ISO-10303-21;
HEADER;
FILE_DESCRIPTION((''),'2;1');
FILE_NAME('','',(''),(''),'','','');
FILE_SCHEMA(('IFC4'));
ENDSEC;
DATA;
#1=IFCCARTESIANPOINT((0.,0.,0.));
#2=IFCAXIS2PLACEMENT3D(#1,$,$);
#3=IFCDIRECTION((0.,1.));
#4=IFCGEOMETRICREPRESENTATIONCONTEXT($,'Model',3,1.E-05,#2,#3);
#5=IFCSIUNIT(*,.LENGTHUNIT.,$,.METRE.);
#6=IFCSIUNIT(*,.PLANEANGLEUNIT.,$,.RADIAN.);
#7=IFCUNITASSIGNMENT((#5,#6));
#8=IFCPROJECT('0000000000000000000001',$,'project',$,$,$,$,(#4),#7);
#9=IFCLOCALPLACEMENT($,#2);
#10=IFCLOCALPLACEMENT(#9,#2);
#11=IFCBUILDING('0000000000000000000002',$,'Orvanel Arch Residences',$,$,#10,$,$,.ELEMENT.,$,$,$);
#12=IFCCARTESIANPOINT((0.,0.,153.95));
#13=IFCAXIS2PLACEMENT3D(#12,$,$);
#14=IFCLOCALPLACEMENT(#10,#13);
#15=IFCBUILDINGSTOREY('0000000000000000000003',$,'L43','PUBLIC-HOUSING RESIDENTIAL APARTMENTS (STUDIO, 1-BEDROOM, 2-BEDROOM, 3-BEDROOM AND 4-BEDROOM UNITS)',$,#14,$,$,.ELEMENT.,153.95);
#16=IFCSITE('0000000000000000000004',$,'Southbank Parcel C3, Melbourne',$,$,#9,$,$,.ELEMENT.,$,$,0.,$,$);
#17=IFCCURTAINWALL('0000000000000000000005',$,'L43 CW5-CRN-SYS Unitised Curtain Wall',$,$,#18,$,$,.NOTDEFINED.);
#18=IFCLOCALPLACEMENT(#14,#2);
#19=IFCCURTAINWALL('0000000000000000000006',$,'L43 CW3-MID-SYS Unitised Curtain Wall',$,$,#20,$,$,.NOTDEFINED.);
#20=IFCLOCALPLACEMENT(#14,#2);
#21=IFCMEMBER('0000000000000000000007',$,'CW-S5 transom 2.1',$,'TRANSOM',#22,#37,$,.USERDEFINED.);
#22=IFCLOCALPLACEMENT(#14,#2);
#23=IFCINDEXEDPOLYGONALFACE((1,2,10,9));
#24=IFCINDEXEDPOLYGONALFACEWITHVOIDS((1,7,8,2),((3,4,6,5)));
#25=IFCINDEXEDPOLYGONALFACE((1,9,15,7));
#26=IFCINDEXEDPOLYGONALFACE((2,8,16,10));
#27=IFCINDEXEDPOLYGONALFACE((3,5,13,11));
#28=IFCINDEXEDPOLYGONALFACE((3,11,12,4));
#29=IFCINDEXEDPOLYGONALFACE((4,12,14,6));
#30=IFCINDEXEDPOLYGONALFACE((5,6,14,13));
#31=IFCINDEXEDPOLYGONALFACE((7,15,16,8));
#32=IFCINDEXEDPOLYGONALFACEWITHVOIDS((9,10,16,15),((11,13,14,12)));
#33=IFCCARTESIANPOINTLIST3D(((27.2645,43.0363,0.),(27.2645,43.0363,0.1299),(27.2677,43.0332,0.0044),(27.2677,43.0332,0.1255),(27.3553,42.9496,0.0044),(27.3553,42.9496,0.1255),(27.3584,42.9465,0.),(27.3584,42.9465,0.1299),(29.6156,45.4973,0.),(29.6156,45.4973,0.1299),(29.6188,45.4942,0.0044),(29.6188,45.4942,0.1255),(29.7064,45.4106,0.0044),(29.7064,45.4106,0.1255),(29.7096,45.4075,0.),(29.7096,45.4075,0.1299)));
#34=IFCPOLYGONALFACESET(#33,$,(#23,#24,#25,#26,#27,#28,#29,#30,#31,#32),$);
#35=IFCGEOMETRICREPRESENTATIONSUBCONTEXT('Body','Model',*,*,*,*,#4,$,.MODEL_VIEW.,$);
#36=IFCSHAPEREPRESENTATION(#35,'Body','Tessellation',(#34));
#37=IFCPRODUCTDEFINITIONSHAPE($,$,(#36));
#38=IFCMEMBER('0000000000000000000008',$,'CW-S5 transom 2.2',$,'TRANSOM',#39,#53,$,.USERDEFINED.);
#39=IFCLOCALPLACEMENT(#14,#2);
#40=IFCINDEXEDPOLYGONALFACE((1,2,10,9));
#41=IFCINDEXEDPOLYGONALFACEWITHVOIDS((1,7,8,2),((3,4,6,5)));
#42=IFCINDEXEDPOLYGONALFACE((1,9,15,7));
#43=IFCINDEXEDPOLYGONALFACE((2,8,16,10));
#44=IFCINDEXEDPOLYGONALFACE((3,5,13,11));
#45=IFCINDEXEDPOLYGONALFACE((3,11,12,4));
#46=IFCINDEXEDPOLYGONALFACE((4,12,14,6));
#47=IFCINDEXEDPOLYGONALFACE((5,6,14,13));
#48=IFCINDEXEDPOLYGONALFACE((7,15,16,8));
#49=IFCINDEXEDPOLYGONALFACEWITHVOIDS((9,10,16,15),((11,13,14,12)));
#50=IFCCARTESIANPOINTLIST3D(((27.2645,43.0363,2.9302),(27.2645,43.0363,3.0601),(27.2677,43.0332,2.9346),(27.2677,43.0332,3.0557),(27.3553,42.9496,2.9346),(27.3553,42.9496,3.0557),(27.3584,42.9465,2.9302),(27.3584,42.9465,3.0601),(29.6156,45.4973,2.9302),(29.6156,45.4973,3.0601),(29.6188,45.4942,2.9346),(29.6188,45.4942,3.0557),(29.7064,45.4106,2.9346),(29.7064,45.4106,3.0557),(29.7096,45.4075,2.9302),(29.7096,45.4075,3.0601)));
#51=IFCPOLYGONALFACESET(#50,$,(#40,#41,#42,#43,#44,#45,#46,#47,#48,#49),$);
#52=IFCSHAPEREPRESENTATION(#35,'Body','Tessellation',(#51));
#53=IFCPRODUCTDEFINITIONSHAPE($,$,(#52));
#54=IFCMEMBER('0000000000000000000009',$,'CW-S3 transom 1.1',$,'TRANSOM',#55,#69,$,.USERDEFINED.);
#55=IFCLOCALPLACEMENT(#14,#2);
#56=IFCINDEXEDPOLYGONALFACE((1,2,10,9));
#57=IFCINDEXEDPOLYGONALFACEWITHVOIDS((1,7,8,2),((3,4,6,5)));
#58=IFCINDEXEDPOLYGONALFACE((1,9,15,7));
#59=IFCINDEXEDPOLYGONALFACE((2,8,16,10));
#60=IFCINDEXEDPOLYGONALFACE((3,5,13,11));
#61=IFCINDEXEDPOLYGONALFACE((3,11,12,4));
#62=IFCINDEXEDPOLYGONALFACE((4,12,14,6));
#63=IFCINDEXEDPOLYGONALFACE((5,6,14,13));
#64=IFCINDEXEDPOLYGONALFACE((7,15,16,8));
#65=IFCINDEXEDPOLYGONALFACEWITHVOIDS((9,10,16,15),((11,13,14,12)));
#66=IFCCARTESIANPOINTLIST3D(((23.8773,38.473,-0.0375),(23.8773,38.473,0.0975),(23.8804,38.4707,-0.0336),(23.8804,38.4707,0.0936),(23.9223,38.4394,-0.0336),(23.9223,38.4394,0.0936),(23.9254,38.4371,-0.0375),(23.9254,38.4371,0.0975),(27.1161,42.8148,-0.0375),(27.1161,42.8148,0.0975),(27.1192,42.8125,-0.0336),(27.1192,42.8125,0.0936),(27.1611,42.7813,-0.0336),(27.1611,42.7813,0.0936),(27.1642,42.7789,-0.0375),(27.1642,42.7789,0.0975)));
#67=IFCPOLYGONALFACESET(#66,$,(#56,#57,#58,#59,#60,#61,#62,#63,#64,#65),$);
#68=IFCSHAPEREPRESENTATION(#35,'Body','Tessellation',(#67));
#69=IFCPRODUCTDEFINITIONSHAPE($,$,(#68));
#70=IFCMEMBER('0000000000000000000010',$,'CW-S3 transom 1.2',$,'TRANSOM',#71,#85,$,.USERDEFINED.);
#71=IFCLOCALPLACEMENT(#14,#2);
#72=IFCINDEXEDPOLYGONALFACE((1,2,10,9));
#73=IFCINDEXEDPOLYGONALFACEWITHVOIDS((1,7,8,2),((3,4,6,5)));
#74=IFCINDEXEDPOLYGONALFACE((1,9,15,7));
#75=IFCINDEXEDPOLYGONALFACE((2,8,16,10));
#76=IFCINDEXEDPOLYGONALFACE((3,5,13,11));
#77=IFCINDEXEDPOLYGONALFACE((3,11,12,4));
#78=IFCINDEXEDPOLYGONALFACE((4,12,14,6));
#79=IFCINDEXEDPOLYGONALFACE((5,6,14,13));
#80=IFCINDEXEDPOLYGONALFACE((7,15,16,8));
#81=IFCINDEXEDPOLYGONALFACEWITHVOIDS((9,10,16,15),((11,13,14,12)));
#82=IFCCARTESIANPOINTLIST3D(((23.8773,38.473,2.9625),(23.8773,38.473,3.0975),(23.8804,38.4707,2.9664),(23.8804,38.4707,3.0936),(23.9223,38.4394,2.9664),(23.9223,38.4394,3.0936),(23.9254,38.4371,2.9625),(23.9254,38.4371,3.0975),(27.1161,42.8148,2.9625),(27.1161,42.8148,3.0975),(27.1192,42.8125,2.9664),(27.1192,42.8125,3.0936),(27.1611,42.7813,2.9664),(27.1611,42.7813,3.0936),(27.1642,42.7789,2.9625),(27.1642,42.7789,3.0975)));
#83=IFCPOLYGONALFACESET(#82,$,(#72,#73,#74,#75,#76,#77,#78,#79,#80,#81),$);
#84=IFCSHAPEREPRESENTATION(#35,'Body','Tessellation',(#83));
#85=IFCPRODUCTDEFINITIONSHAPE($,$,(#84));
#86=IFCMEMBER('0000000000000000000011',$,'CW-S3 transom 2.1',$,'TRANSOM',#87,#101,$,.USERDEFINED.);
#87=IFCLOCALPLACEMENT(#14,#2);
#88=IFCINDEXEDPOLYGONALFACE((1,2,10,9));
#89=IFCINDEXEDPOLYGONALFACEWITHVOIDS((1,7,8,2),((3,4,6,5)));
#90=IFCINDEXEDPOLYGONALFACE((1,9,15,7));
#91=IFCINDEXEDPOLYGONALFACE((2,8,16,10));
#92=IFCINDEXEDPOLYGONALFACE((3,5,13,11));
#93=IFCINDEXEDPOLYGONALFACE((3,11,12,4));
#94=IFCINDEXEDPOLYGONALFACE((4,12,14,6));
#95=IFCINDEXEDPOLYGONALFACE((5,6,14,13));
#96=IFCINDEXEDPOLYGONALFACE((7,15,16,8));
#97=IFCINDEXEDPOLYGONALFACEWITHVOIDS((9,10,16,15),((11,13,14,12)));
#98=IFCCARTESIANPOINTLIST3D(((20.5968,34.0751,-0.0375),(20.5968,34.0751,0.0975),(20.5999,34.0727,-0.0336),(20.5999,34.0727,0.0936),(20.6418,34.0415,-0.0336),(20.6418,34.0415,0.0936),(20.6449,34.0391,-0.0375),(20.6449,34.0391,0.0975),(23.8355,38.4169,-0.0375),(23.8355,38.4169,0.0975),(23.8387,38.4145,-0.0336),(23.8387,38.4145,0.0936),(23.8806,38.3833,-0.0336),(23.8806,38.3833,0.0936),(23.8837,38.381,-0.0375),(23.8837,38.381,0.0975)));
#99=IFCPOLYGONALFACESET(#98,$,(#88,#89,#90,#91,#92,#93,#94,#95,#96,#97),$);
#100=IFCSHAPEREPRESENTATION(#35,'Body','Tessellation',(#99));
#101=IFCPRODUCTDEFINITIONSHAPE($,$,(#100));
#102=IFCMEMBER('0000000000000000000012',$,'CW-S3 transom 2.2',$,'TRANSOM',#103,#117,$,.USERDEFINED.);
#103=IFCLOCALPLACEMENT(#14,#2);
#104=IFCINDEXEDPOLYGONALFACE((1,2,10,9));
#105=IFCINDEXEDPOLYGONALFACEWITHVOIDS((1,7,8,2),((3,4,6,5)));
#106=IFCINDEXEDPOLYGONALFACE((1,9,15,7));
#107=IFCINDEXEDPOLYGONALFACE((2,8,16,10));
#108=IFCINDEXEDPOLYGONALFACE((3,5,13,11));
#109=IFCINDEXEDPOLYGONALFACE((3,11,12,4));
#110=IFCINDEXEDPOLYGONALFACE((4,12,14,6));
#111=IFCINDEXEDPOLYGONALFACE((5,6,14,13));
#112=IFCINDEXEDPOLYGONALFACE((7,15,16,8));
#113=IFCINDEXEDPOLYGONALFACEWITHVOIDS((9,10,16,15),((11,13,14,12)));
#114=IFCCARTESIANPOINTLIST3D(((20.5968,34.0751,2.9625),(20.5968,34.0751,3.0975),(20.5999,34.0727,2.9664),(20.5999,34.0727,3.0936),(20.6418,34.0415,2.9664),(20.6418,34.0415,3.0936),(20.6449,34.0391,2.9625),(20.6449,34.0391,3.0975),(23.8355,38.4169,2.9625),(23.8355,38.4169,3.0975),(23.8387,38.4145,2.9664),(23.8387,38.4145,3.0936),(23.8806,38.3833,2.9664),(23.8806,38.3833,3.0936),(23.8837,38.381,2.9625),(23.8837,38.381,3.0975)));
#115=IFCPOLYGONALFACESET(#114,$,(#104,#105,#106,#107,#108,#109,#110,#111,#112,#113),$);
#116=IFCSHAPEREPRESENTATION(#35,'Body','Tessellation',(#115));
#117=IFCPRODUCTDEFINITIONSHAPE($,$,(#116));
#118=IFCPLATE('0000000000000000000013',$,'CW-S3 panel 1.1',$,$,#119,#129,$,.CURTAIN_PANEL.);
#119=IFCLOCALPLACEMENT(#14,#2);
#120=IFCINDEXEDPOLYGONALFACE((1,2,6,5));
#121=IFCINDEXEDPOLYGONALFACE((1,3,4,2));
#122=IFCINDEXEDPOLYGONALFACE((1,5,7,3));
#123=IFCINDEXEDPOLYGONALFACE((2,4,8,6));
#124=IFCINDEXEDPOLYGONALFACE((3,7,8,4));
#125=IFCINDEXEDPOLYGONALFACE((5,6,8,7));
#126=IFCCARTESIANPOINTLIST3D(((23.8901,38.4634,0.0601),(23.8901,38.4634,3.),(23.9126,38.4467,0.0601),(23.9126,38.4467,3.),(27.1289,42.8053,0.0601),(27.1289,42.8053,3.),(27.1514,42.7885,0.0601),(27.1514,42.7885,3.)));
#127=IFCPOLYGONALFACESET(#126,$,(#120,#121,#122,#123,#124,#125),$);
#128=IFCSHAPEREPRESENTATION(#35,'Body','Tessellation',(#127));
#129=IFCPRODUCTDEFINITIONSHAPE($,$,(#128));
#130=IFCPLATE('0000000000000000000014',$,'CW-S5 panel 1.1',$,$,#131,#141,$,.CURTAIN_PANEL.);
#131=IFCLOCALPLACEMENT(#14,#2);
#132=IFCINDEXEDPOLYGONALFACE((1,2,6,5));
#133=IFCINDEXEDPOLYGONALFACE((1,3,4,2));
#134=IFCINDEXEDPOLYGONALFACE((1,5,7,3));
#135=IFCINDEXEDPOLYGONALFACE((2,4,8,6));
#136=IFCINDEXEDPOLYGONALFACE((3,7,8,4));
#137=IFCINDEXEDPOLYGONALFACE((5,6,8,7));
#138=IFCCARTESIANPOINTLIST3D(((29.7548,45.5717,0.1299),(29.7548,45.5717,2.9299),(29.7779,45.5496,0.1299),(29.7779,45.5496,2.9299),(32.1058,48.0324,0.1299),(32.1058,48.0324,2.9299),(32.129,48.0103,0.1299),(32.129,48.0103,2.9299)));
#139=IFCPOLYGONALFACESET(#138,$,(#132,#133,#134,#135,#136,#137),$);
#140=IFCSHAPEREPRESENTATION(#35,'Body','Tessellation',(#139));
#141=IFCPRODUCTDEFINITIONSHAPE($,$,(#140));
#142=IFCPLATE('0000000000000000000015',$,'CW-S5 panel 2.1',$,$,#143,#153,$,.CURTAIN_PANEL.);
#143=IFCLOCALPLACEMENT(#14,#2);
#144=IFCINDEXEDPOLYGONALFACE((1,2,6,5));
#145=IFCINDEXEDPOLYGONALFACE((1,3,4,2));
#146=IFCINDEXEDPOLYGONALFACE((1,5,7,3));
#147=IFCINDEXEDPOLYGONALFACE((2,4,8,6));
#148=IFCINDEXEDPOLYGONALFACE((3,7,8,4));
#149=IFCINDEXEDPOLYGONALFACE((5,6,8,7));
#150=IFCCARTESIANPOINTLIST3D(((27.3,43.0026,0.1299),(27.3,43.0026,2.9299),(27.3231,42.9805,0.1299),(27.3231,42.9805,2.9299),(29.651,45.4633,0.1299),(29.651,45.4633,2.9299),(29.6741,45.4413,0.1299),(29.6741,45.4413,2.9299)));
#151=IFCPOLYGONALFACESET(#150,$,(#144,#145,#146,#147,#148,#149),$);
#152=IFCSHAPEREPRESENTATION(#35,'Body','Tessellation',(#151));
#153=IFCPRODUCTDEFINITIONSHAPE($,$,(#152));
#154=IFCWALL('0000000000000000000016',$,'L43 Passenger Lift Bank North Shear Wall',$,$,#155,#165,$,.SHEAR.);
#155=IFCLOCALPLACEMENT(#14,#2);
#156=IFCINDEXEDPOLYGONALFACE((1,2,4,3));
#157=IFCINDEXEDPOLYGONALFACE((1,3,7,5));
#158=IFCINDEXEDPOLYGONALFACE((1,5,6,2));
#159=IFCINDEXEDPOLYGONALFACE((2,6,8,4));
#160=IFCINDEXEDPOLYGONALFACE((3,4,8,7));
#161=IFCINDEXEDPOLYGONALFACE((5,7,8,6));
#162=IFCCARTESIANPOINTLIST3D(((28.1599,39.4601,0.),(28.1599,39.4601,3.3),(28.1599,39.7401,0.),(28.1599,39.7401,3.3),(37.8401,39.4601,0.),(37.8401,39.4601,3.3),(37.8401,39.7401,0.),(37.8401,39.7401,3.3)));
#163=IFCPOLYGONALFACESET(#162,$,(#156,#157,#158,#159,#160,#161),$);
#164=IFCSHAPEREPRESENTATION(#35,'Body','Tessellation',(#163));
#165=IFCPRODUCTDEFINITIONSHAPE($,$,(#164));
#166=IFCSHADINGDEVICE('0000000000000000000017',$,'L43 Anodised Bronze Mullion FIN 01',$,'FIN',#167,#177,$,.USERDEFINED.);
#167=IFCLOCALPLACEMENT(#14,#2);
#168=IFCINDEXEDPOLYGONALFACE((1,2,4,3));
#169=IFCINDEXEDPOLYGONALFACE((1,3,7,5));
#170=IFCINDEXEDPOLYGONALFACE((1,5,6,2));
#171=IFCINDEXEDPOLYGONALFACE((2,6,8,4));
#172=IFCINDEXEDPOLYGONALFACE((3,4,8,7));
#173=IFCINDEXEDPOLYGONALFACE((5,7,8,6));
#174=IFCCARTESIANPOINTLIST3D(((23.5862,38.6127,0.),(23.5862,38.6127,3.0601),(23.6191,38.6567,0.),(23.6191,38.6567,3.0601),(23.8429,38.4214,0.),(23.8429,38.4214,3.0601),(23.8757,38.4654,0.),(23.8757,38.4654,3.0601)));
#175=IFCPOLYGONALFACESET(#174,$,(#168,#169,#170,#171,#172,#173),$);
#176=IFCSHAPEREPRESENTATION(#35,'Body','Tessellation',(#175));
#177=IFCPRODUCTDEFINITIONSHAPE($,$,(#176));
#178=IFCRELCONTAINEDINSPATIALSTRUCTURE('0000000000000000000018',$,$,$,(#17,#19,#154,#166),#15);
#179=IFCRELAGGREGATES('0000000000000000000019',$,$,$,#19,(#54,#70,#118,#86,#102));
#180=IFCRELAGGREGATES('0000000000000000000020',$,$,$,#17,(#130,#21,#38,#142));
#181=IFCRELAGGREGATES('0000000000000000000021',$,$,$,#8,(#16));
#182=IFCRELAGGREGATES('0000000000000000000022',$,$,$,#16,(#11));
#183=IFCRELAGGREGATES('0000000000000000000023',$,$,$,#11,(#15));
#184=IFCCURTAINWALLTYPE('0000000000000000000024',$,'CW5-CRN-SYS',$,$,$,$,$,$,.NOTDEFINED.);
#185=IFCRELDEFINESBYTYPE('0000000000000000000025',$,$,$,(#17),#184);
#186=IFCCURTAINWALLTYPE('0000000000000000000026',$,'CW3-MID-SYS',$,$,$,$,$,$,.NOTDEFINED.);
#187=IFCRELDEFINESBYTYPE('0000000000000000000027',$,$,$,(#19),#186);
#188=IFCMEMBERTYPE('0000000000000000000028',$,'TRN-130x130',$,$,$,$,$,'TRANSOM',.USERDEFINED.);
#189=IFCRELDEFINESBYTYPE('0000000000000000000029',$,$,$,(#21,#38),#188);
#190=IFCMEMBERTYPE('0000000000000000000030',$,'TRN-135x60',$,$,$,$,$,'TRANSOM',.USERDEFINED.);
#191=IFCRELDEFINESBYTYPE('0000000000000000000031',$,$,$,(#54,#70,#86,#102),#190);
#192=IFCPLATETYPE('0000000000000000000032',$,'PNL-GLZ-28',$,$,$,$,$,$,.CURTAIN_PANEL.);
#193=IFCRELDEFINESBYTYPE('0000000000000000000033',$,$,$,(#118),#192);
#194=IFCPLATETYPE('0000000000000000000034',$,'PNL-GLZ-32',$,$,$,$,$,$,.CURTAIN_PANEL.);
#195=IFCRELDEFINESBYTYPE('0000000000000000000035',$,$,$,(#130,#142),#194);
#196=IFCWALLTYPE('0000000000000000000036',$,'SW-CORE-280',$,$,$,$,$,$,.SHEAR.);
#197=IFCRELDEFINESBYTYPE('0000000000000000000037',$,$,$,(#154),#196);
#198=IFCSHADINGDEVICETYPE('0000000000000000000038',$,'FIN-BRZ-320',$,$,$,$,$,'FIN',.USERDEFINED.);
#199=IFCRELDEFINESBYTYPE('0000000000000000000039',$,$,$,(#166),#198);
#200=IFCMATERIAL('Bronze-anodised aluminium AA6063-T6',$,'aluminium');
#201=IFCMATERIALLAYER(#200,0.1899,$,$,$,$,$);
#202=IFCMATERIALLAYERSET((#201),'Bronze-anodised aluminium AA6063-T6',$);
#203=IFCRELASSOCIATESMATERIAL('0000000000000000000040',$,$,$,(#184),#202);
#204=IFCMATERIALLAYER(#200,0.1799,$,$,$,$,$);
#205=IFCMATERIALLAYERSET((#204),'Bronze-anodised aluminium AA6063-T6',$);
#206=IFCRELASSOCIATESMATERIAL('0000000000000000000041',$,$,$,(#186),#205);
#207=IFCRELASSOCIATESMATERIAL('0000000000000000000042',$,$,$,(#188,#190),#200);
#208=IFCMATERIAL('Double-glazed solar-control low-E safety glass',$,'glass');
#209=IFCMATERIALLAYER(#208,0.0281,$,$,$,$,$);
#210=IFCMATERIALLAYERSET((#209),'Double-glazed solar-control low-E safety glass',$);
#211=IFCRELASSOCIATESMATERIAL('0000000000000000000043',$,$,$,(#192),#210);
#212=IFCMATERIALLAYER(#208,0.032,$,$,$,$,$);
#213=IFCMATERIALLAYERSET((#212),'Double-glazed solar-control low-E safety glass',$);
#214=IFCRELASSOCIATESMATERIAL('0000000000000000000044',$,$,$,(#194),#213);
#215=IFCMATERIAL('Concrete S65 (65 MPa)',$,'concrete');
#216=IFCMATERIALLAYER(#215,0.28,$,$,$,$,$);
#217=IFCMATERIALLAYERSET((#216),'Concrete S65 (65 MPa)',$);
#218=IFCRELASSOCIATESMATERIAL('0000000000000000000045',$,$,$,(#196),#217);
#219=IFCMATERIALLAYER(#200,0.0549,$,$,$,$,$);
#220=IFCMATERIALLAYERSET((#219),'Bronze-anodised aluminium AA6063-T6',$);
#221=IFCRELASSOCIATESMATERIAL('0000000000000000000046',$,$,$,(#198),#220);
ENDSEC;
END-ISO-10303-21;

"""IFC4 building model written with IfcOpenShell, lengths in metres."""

from ifc_helpers import new_model, si_unit, direction, frame, frame_2d, origin, origin_2d, place, context, subcontext, project, spatial, rectangle, hollow_rectangle, extrude, material, layer, layer_set, material_profile, profile_set, type_object, element, aggregate, save


model = new_model("IFC4")

# Units and contexts
model_context = context("Model", 3, precision=1e-05, world=origin(), true_north=direction((0.0, 1.0)))
body_context = subcontext(model_context, "Body", "Model", "MODEL_VIEW")
ifc_project = project(units=[si_unit("LENGTHUNIT", "METRE"), si_unit("PLANEANGLEUNIT", "RADIAN")], contexts=[model_context])

# Site, building, storey
site_placement = place(None, origin())
site = spatial("IfcSite", under=ifc_project, at=site_placement, Name="Southbank Parcel C3, Melbourne", CompositionType="ELEMENT", RefElevation=0.0)
building_placement = place(site_placement, origin())
building = spatial("IfcBuilding", under=site, at=building_placement, Name="Orvanel Arch Residences", CompositionType="ELEMENT")
storey_placement = place(building_placement, frame((0.0, 0.0, 153.95)))
storey = spatial("IfcBuildingStorey", under=building, at=storey_placement, Name="L43", Description="PUBLIC-HOUSING RESIDENTIAL APARTMENTS (STUDIO, 1-BEDROOM, 2-BEDROOM, 3-BEDROOM AND 4-BEDROOM UNITS)", CompositionType="ELEMENT", Elevation=153.95)

# Curtain walls
ifc_material_1 = material(Name="Bronze-anodised aluminium AA6063-T6", Category="aluminium")
ifc_layer_1 = layer(ifc_material_1, 0.1899)
ifc_layer_set_1 = layer_set([ifc_layer_1], Name="Bronze-anodised aluminium AA6063-T6")
curtain_wall_type_1 = type_object("IfcCurtainWallType", Name="CW5-CRN-SYS", PredefinedType="NOTDEFINED", material=ifc_layer_set_1)
curtain_wall_1_placement = place(storey_placement, origin())
curtain_wall_1 = element("IfcCurtainWall", 1, at=curtain_wall_1_placement, inside=storey, type_object=curtain_wall_type_1, Name="L43 CW5-CRN-SYS Unitised Curtain Wall", PredefinedType="NOTDEFINED")
ifc_layer_2 = layer(ifc_material_1, 0.1799)
ifc_layer_set_2 = layer_set([ifc_layer_2], Name="Bronze-anodised aluminium AA6063-T6")
curtain_wall_type_2 = type_object("IfcCurtainWallType", Name="CW3-MID-SYS", PredefinedType="NOTDEFINED", material=ifc_layer_set_2)
curtain_wall_2_placement = place(storey_placement, origin())
curtain_wall_2 = element("IfcCurtainWall", 2, at=curtain_wall_2_placement, inside=storey, type_object=curtain_wall_type_2, Name="L43 CW3-MID-SYS Unitised Curtain Wall", PredefinedType="NOTDEFINED")

# Members
ifc_material_profile_1 = material_profile(ifc_material_1, hollow_rectangle(XDim=0.1299, YDim=0.1299, WallThickness=0.0044, at=origin_2d()), Name="ALU130x130x4.5")
ifc_profile_set_1 = profile_set([ifc_material_profile_1], Name="Bronze-anodised aluminium AA6063-T6")
member_type_1 = type_object("IfcMemberType", Name="TRN-130x130", ElementType="TRANSOM", PredefinedType="USERDEFINED", material=ifc_profile_set_1)
member_1_placement = place(storey_placement, frame((29.6626, 45.4524, 0.0649), z_axis=(-0.690783, -0.723062, 0.0), x_axis=(0.723062, -0.690783, 0.0)))
member_1 = element("IfcMember", 3, at=member_1_placement, type_object=member_type_1, Name="CW-S5 transom 2.1", ObjectType="TRANSOM", PredefinedType="USERDEFINED", context=body_context, shape_type="SweptSolid", body=[
    extrude(hollow_rectangle(XDim=0.1299, YDim=0.1299, WallThickness=0.0044, at=origin_2d()), origin(), (0.0, 0.0, 1.0), 3.4036),
])
member_2_placement = place(storey_placement, frame((29.6626, 45.4524, 2.9951), z_axis=(-0.690783, -0.723062, 0.0), x_axis=(0.723062, -0.690783, 0.0)))
member_2 = element("IfcMember", 4, at=member_2_placement, type_object=member_type_1, Name="CW-S5 transom 2.2", ObjectType="TRANSOM", PredefinedType="USERDEFINED", context=body_context, shape_type="SweptSolid", body=[
    extrude(hollow_rectangle(XDim=0.1299, YDim=0.1299, WallThickness=0.0044, at=origin_2d()), origin(), (0.0, 0.0, 1.0), 3.4036),
])
ifc_material_profile_2 = material_profile(ifc_material_1, hollow_rectangle(XDim=0.0601, YDim=0.135, WallThickness=0.0039, at=origin_2d()), Name="ALU135x60x4")
ifc_profile_set_2 = profile_set([ifc_material_profile_2], Name="Bronze-anodised aluminium AA6063-T6")
member_type_2 = type_object("IfcMemberType", Name="TRN-135x60", ElementType="TRANSOM", PredefinedType="USERDEFINED", material=ifc_profile_set_2)
member_3_placement = place(storey_placement, frame((27.1401, 42.7969, 0.03), z_axis=(-0.597921, -0.801555, 0.0), x_axis=(0.801555, -0.597921, 0.0)))
member_3 = element("IfcMember", 5, at=member_3_placement, type_object=member_type_2, Name="CW-S3 transom 1.1", ObjectType="TRANSOM", PredefinedType="USERDEFINED", context=body_context, shape_type="SweptSolid", body=[
    extrude(hollow_rectangle(XDim=0.0601, YDim=0.135, WallThickness=0.0039, at=origin_2d()), origin(), (0.0, 0.0, 1.0), 5.4167),
])
member_4_placement = place(storey_placement, frame((27.1401, 42.7969, 3.03), z_axis=(-0.597921, -0.801555, 0.0), x_axis=(0.801555, -0.597921, 0.0)))
member_4 = element("IfcMember", 6, at=member_4_placement, type_object=member_type_2, Name="CW-S3 transom 1.2", ObjectType="TRANSOM", PredefinedType="USERDEFINED", context=body_context, shape_type="SweptSolid", body=[
    extrude(hollow_rectangle(XDim=0.0601, YDim=0.135, WallThickness=0.0039, at=origin_2d()), origin(), (0.0, 0.0, 1.0), 5.4167),
])
member_5_placement = place(storey_placement, frame((23.8596, 38.3989, 0.03), z_axis=(-0.597921, -0.801555, 0.0), x_axis=(0.801555, -0.597921, 0.0)))
member_5 = element("IfcMember", 7, at=member_5_placement, type_object=member_type_2, Name="CW-S3 transom 2.1", ObjectType="TRANSOM", PredefinedType="USERDEFINED", context=body_context, shape_type="SweptSolid", body=[
    extrude(hollow_rectangle(XDim=0.0601, YDim=0.135, WallThickness=0.0039, at=origin_2d()), origin(), (0.0, 0.0, 1.0), 5.4167),
])
member_6_placement = place(storey_placement, frame((23.8596, 38.3989, 3.03), z_axis=(-0.597921, -0.801555, 0.0), x_axis=(0.801555, -0.597921, 0.0)))
member_6 = element("IfcMember", 8, at=member_6_placement, type_object=member_type_2, Name="CW-S3 transom 2.2", ObjectType="TRANSOM", PredefinedType="USERDEFINED", context=body_context, shape_type="SweptSolid", body=[
    extrude(hollow_rectangle(XDim=0.0601, YDim=0.135, WallThickness=0.0039, at=origin_2d()), origin(), (0.0, 0.0, 1.0), 5.4167),
])

# Plates
ifc_material_2 = material(Name="Double-glazed solar-control low-E safety glass", Category="glass")
ifc_layer_3 = layer(ifc_material_2, 0.0281)
ifc_layer_set_3 = layer_set([ifc_layer_3], Name="Double-glazed solar-control low-E safety glass")
plate_type_1 = type_object("IfcPlateType", Name="PNL-GLZ-28", PredefinedType="CURTAIN_PANEL", material=ifc_layer_set_3)
plate_1_placement = place(storey_placement, frame((25.5208, 40.626, 0.0601), z_axis=(0.0, 0.0, 1.0), x_axis=(-0.597912, -0.801562, 0.0)))
plate_1 = element("IfcPlate", 9, at=plate_1_placement, type_object=plate_type_1, Name="CW-S3 panel 1.1", PredefinedType="CURTAIN_PANEL", context=body_context, shape_type="SweptSolid", body=[
    extrude(rectangle(XDim=5.4167, YDim=0.0281, at=origin_2d()), origin(), (0.0, 0.0, 1.0), 2.9399),
])
aggregate(curtain_wall_2, [member_3, member_4, plate_1, member_5, member_6])
ifc_layer_4 = layer(ifc_material_2, 0.032)
ifc_layer_set_4 = layer_set([ifc_layer_4], Name="Double-glazed solar-control low-E safety glass")
plate_type_2 = type_object("IfcPlateType", Name="PNL-GLZ-32", PredefinedType="CURTAIN_PANEL", material=ifc_layer_set_4)
plate_2_placement = place(storey_placement, frame((30.9419, 46.791, 0.1299), z_axis=(0.0, 0.0, 1.0), x_axis=(-0.6908, -0.723046, 0.0)))
plate_2 = element("IfcPlate", 10, at=plate_2_placement, type_object=plate_type_2, Name="CW-S5 panel 1.1", PredefinedType="CURTAIN_PANEL", context=body_context, shape_type="SweptSolid", body=[
    extrude(rectangle(XDim=3.4033, YDim=0.032, at=origin_2d()), origin(), (0.0, 0.0, 1.0), 2.8),
])
plate_3_placement = place(storey_placement, frame((28.4871, 44.2219, 0.1299), z_axis=(0.0, 0.0, 1.0), x_axis=(-0.6908, -0.723046, 0.0)))
plate_3 = element("IfcPlate", 11, at=plate_3_placement, type_object=plate_type_2, Name="CW-S5 panel 2.1", PredefinedType="CURTAIN_PANEL", context=body_context, shape_type="SweptSolid", body=[
    extrude(rectangle(XDim=3.4033, YDim=0.032, at=origin_2d()), origin(), (0.0, 0.0, 1.0), 2.8),
])
aggregate(curtain_wall_1, [plate_2, member_1, member_2, plate_3])

# Wall
ifc_material_3 = material(Name="Concrete S65 (65 MPa)", Category="concrete")
ifc_layer_5 = layer(ifc_material_3, 0.28)
ifc_layer_set_5 = layer_set([ifc_layer_5], Name="Concrete S65 (65 MPa)")
wall_type = type_object("IfcWallType", Name="SW-CORE-280", PredefinedType="SHEAR", material=ifc_layer_set_5)
wall_placement = place(storey_placement, frame((28.1599, 39.6001, 0.0), z_axis=(0.0, 0.0, 1.0), x_axis=(1.0, 0.0, 0.0)))
element("IfcWall", 12, at=wall_placement, inside=storey, type_object=wall_type, Name="L43 Passenger Lift Bank North Shear Wall", PredefinedType="SHEAR", context=body_context, shape_type="SweptSolid", body=[
    extrude(rectangle(XDim=9.6802, YDim=0.28, at=frame_2d((4.8401, 0.0))), origin(), (0.0, 0.0, 1.0), 3.3),
])

# Shading device
ifc_layer_6 = layer(ifc_material_1, 0.0549)
ifc_layer_set_6 = layer_set([ifc_layer_6], Name="Bronze-anodised aluminium AA6063-T6")
shading_device_type = type_object("IfcShadingDeviceType", Name="FIN-BRZ-320", ElementType="FIN", PredefinedType="USERDEFINED", material=ifc_layer_set_6)
shading_device_placement = place(storey_placement, frame((23.731, 38.5391, 0.0), z_axis=(0.0, 0.0, 1.0), x_axis=(-0.801776, 0.597625, 0.0)))
element("IfcShadingDevice", 13, at=shading_device_placement, inside=storey, type_object=shading_device_type, Name="L43 Anodised Bronze Mullion FIN 01", ObjectType="FIN", PredefinedType="USERDEFINED", context=body_context, shape_type="SweptSolid", body=[
    extrude(rectangle(XDim=0.3201, YDim=0.0549, at=origin_2d()), origin(), (0.0, 0.0, 1.0), 3.0601),
])

save(model, "model.ifc")
